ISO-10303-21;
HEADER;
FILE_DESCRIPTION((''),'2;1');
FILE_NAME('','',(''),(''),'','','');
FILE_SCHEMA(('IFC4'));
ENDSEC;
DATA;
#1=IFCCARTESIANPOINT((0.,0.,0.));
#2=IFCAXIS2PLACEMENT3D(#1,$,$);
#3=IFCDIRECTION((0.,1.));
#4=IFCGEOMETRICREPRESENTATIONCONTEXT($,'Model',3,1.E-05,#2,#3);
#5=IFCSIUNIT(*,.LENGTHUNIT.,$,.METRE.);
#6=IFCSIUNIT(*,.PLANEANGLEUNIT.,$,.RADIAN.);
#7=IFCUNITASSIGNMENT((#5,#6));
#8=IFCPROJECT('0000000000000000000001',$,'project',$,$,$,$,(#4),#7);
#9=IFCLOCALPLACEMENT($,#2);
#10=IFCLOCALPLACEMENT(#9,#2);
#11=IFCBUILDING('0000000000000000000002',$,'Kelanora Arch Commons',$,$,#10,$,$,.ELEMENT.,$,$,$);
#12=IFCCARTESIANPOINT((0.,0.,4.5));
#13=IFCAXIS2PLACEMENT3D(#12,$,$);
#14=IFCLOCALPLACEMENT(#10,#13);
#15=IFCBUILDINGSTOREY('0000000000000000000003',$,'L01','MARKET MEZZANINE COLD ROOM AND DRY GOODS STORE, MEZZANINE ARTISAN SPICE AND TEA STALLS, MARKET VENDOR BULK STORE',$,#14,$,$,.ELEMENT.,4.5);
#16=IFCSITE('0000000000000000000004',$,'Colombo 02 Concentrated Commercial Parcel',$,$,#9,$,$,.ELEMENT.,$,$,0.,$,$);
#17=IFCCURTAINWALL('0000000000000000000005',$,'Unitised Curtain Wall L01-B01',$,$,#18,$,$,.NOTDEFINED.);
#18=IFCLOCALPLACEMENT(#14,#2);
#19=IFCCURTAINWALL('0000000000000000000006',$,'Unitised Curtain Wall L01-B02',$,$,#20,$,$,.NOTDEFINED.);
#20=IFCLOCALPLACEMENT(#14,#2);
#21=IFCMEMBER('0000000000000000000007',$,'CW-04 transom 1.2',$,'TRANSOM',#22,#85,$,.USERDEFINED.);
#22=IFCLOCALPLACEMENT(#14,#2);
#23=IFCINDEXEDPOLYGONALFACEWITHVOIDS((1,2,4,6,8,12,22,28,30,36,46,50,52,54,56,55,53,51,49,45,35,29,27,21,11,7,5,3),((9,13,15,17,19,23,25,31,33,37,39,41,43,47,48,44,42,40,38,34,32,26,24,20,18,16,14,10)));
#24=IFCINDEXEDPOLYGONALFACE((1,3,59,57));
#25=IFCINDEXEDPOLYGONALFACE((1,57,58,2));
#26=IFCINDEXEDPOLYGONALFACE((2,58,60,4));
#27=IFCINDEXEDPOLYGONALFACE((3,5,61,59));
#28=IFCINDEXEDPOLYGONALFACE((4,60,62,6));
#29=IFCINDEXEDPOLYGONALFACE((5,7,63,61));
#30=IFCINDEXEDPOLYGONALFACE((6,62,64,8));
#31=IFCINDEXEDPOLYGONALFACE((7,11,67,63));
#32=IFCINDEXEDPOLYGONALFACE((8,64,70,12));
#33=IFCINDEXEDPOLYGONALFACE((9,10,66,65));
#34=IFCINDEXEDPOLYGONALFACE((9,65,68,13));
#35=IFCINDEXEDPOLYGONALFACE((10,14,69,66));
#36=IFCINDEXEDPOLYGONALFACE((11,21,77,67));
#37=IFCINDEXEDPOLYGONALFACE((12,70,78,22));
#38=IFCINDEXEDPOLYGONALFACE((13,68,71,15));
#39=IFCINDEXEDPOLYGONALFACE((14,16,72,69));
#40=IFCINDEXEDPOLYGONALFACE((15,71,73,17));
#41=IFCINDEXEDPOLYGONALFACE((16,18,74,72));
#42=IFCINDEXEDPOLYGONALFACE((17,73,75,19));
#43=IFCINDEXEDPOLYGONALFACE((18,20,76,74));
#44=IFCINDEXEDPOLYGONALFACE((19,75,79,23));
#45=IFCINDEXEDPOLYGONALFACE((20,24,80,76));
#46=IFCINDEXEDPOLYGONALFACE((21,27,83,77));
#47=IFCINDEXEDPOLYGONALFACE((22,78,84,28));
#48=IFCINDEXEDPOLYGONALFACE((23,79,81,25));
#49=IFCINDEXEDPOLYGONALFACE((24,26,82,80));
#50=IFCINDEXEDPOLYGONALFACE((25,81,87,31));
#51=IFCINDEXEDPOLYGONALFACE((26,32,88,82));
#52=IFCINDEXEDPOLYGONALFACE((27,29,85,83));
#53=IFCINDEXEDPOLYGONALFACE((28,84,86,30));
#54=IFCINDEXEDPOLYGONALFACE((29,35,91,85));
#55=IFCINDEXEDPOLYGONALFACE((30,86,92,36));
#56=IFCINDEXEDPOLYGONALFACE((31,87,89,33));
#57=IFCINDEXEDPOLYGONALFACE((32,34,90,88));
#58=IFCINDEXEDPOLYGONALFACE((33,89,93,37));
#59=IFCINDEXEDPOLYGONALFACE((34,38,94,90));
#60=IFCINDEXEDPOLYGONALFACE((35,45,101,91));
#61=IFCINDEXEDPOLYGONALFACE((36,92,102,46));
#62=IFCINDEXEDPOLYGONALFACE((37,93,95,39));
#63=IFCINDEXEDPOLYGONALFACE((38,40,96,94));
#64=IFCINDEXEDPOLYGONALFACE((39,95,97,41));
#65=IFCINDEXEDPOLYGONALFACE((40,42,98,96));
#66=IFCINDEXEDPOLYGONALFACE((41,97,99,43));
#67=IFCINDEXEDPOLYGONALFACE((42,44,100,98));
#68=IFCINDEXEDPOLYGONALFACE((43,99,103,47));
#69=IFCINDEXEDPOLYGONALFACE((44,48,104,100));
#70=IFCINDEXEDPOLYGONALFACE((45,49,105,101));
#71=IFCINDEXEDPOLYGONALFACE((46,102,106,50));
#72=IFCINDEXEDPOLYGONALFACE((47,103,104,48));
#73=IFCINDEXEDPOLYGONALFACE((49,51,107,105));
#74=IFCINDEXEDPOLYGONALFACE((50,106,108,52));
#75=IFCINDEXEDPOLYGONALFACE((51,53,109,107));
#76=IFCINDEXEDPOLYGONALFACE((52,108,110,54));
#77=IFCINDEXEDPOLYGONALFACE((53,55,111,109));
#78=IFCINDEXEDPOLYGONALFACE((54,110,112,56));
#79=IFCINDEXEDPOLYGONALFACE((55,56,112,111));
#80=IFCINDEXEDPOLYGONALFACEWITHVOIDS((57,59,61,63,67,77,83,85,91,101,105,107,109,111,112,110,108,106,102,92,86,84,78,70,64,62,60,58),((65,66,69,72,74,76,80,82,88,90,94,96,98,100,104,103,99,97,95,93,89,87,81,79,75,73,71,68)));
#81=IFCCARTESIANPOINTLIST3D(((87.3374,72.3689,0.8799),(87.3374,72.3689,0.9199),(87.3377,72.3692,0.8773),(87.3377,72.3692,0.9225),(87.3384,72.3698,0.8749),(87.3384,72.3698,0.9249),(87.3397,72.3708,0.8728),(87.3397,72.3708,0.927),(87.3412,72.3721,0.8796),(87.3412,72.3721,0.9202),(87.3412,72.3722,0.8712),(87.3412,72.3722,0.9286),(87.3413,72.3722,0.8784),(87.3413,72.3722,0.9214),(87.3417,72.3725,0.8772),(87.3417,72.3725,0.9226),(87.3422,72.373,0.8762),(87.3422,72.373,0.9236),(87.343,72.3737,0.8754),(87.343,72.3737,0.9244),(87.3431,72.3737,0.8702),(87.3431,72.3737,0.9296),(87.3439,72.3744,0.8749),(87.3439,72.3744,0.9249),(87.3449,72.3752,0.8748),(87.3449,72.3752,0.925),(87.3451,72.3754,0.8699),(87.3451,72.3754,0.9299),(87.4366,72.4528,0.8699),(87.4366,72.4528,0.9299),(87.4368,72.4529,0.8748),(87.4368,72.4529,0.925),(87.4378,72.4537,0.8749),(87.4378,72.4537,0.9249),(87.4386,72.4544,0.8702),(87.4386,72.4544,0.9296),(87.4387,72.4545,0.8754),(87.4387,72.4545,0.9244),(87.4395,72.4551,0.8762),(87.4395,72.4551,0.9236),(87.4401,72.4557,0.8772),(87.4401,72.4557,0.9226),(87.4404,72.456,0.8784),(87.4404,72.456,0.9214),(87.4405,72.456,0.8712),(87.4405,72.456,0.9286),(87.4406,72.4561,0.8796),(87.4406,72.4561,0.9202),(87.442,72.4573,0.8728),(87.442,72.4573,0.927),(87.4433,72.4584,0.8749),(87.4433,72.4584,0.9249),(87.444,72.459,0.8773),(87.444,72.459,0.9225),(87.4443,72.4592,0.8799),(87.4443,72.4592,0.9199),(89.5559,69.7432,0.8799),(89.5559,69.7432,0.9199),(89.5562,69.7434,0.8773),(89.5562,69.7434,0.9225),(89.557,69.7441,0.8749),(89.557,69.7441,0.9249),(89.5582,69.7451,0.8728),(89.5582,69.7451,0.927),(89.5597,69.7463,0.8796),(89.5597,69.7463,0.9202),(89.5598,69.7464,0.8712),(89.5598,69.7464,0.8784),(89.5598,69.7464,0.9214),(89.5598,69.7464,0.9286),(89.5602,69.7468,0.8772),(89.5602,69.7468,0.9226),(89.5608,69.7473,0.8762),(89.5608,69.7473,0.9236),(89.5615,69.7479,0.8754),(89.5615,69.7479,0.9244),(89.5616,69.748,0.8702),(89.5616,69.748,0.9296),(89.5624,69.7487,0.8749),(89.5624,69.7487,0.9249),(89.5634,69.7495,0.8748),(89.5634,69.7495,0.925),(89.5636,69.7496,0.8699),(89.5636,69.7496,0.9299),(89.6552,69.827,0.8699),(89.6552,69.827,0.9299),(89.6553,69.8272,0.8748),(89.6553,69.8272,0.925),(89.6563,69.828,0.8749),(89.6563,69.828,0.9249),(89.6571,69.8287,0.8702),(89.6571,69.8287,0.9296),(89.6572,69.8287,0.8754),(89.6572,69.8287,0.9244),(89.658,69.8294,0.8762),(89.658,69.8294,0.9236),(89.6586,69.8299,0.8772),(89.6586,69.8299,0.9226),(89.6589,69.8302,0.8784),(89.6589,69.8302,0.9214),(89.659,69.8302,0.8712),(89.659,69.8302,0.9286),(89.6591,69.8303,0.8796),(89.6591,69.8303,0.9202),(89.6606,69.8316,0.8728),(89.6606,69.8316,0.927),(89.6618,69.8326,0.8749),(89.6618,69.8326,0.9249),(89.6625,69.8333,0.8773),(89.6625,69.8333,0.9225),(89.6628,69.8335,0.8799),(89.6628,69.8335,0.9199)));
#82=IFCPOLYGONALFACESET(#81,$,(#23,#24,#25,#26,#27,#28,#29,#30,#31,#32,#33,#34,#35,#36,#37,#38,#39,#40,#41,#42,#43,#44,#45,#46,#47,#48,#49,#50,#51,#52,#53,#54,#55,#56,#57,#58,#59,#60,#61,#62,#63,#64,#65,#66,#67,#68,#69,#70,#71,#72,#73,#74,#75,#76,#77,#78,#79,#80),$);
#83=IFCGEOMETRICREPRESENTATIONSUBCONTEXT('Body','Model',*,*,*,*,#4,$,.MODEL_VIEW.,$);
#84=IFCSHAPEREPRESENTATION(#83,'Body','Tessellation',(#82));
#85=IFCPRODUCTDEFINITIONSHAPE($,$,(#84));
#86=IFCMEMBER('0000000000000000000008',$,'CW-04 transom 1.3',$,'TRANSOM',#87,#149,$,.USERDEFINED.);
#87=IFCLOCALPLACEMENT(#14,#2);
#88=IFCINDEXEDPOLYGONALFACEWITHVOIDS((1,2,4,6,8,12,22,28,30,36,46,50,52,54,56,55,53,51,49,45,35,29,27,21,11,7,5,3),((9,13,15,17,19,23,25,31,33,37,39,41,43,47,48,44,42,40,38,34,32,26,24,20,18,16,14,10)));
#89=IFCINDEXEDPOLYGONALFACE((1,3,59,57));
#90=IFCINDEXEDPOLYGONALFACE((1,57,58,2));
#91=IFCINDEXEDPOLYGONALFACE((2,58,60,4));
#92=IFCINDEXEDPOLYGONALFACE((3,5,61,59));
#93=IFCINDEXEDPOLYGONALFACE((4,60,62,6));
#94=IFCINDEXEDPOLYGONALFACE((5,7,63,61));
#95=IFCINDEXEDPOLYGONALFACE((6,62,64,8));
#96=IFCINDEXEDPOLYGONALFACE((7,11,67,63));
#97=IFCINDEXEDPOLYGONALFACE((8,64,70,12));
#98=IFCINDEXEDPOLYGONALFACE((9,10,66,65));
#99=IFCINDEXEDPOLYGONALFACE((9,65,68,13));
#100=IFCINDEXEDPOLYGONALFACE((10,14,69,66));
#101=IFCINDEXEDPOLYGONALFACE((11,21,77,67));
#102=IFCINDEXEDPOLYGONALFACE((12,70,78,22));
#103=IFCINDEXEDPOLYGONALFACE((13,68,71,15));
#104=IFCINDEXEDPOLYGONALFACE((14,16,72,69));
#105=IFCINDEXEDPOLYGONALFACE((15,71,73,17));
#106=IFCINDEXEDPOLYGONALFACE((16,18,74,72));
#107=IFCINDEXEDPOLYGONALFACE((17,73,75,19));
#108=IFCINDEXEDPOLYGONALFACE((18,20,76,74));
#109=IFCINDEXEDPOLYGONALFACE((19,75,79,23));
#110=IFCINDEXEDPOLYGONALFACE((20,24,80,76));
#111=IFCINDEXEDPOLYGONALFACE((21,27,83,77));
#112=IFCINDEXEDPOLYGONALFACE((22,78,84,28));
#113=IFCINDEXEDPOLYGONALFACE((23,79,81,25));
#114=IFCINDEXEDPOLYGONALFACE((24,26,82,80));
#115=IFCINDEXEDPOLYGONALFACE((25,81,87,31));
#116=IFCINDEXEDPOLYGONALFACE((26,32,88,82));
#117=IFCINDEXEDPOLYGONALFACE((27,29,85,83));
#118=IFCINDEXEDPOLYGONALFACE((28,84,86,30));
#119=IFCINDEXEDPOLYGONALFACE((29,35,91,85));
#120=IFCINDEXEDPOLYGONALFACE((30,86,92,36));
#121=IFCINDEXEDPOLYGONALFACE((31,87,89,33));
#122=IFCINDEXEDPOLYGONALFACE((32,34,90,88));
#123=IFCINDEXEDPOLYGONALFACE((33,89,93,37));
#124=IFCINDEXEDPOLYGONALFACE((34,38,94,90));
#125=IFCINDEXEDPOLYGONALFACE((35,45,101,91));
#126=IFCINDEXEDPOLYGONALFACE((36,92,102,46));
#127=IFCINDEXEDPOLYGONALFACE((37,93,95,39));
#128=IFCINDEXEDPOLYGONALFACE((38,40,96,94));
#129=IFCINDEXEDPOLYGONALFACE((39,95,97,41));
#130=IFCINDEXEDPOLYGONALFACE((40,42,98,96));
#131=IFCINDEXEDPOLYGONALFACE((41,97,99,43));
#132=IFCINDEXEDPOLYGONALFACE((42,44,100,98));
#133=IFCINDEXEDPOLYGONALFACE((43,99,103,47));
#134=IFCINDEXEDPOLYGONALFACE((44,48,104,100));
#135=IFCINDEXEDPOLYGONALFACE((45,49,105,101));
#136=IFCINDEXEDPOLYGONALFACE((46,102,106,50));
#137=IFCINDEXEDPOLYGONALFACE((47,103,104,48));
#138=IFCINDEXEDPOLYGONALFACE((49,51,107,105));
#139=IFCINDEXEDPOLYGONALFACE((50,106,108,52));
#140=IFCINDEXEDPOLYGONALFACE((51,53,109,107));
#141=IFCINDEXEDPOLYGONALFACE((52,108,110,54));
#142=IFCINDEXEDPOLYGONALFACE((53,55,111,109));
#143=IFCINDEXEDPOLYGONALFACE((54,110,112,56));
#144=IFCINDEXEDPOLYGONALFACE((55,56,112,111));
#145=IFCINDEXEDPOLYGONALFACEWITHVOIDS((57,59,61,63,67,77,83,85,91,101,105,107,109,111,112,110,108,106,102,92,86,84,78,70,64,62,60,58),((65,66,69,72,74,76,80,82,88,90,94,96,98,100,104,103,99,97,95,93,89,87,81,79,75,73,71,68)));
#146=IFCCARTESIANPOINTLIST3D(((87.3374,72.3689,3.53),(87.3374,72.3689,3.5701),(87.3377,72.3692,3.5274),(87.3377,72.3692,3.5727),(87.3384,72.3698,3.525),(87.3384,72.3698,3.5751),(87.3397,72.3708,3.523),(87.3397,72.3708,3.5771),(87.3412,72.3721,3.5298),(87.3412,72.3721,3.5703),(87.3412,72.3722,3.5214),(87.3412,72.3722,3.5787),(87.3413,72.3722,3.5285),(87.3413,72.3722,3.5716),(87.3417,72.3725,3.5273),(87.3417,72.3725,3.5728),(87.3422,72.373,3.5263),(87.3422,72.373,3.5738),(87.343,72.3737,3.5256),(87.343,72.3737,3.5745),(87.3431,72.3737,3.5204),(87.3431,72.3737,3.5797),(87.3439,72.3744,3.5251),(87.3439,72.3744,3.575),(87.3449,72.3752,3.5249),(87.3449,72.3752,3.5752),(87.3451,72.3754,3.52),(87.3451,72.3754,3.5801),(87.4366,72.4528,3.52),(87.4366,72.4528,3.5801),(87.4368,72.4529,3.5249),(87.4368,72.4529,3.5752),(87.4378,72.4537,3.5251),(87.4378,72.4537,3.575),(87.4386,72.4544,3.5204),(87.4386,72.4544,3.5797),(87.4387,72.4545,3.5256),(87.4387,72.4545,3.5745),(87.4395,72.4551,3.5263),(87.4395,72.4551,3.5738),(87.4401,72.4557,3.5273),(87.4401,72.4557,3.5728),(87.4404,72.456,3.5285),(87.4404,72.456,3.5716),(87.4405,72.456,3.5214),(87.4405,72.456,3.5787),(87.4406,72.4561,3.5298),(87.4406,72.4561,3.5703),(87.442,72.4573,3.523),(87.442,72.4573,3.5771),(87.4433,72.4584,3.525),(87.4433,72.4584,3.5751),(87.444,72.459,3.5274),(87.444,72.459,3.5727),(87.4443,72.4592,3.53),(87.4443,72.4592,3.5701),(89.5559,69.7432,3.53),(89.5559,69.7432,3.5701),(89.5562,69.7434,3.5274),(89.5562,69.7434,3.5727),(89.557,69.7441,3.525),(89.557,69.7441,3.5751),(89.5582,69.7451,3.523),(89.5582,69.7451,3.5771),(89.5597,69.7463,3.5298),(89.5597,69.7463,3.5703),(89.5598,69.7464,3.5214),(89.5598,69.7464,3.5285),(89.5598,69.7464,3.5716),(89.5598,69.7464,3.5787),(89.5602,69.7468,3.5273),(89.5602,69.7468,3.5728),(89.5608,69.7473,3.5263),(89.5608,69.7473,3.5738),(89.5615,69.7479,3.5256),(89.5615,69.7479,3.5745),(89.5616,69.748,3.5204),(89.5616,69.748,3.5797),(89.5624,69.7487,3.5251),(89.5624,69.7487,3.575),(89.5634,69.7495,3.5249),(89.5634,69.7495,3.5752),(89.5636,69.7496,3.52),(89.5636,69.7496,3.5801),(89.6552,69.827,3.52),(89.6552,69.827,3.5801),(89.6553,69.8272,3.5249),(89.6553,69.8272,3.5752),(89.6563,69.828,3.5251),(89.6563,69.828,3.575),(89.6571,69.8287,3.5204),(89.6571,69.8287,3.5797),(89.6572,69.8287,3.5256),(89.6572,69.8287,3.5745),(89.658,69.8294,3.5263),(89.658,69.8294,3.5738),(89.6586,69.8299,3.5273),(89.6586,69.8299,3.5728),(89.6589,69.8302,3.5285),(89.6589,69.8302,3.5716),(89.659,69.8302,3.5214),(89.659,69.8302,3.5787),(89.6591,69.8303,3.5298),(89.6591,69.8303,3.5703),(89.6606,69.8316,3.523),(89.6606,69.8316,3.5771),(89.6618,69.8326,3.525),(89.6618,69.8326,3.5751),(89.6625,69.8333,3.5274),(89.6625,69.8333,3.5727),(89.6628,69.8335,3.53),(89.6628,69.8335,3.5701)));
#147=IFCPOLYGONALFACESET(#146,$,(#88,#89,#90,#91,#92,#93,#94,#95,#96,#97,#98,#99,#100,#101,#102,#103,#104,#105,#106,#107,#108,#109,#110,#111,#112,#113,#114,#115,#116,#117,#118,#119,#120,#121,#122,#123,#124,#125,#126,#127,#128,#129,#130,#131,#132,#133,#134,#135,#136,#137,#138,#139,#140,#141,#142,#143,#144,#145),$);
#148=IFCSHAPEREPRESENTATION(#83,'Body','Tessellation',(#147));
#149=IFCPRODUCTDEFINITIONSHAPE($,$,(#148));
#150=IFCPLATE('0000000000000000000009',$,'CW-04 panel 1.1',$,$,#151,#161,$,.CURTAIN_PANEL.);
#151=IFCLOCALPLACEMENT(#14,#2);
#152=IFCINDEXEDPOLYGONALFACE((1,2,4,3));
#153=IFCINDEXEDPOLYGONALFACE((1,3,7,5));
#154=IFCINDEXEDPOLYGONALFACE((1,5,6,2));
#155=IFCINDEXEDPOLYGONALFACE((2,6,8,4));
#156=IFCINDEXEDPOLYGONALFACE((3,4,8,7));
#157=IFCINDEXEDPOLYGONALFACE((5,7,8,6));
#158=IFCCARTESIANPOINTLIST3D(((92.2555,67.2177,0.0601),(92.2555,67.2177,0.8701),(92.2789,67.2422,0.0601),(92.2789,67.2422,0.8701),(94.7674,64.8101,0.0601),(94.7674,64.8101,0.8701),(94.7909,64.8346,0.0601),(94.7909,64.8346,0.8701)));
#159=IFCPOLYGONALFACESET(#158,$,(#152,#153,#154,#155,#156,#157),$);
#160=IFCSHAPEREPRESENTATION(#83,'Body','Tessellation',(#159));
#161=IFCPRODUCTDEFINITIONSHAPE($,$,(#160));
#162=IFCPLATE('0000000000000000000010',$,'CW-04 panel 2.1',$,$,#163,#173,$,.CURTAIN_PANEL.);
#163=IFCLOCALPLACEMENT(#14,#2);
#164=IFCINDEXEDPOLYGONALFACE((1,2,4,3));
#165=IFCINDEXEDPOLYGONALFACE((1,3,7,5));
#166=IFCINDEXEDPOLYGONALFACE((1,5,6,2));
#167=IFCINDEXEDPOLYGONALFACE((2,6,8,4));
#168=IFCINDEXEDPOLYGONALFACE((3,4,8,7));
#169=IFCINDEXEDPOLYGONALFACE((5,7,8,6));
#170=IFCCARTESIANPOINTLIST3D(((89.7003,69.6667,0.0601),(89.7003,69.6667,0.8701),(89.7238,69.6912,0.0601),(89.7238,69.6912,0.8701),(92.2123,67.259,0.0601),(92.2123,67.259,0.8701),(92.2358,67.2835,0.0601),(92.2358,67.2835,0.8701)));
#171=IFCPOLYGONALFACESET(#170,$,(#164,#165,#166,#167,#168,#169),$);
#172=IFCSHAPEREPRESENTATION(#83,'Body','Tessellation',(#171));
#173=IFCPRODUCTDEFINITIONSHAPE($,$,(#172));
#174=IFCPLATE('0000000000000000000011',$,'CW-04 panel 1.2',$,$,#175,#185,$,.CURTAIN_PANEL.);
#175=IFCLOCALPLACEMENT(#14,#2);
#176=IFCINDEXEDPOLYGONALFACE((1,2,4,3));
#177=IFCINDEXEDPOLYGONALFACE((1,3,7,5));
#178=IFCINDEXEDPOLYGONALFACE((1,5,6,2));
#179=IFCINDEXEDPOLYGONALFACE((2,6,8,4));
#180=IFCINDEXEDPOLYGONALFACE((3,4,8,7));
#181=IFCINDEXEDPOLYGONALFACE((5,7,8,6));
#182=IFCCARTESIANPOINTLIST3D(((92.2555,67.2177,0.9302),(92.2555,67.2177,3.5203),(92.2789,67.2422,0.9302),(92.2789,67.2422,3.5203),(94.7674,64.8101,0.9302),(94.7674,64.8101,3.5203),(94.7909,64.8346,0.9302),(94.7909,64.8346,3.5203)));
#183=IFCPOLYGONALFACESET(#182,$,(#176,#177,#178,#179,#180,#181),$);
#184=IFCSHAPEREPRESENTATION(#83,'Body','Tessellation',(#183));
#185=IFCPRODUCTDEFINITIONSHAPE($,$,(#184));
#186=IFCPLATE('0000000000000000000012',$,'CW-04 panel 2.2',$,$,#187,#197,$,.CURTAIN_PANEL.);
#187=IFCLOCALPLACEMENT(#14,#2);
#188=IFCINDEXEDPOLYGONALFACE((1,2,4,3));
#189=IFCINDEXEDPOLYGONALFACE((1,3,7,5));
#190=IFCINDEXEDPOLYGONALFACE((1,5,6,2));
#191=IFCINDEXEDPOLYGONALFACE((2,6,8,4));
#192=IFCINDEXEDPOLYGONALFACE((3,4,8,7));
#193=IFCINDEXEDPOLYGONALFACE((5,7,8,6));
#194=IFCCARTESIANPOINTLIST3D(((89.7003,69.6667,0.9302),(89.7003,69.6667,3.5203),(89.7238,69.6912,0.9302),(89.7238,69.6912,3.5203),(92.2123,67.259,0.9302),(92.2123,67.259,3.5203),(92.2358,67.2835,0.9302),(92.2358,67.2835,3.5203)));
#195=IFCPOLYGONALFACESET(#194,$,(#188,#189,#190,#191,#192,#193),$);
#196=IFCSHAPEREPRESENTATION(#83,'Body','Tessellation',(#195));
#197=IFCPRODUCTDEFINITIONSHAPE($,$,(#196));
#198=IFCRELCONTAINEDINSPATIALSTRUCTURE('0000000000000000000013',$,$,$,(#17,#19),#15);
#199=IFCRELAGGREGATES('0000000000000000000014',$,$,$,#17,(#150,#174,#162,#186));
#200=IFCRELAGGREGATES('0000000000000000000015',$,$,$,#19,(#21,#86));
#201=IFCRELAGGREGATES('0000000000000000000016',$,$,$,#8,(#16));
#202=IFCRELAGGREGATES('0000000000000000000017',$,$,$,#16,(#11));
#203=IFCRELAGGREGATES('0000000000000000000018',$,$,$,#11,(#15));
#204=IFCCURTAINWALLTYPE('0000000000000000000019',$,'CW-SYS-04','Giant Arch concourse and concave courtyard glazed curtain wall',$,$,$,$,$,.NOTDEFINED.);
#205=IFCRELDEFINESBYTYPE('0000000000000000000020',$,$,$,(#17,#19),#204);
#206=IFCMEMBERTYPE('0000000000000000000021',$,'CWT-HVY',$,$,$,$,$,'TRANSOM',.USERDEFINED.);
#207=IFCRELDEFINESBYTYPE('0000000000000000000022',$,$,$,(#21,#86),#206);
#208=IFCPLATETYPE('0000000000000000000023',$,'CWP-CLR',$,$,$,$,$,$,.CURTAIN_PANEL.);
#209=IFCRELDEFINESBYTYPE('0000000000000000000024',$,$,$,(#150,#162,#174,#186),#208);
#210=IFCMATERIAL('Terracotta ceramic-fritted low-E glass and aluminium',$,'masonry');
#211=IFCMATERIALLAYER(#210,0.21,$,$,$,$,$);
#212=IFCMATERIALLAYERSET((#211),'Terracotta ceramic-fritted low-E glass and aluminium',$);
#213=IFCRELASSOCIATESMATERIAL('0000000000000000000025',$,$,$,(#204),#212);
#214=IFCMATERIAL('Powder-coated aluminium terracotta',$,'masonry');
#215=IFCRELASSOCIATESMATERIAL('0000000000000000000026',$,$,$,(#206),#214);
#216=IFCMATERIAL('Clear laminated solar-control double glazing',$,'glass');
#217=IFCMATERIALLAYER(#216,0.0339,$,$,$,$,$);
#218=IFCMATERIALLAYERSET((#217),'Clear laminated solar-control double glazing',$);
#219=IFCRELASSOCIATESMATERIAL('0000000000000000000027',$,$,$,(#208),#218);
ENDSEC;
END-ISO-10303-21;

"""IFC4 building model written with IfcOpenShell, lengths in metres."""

from ifc_helpers import new_model, si_unit, direction, frame, origin, origin_2d, place, context, subcontext, project, spatial, rectangle, hollow_rectangle, extrude, source, transform, mapped, material, layer, layer_set, material_profile, profile_set, type_object, element, aggregate, save


model = new_model("IFC4")

# Units and contexts
model_context = context("Model", 3, precision=1e-05, world=origin(), true_north=direction((0.0, 1.0)))
body_context = subcontext(model_context, "Body", "Model", "MODEL_VIEW")
ifc_project = project(units=[si_unit("LENGTHUNIT", "METRE"), si_unit("PLANEANGLEUNIT", "RADIAN")], contexts=[model_context])

# Site, building, storey
site_placement = place(None, origin())
site = spatial("IfcSite", under=ifc_project, at=site_placement, Name="Colombo 02 Concentrated Commercial Parcel", CompositionType="ELEMENT", RefElevation=0.0)
building_placement = place(site_placement, origin())
building = spatial("IfcBuilding", under=site, at=building_placement, Name="Kelanora Arch Commons", CompositionType="ELEMENT")
storey_placement = place(building_placement, frame((0.0, 0.0, 4.5)))
storey = spatial("IfcBuildingStorey", under=building, at=storey_placement, Name="L01", Description="MARKET MEZZANINE COLD ROOM AND DRY GOODS STORE, MEZZANINE ARTISAN SPICE AND TEA STALLS, MARKET VENDOR BULK STORE", CompositionType="ELEMENT", Elevation=4.5)

# Curtain walls
ifc_material_1 = material(Name="Terracotta ceramic-fritted low-E glass and aluminium", Category="masonry")
ifc_layer_1 = layer(ifc_material_1, 0.21)
ifc_layer_set_1 = layer_set([ifc_layer_1], Name="Terracotta ceramic-fritted low-E glass and aluminium")
curtain_wall_type = type_object("IfcCurtainWallType", Name="CW-SYS-04", Description="Giant Arch concourse and concave courtyard glazed curtain wall", PredefinedType="NOTDEFINED", material=ifc_layer_set_1)
curtain_wall_1_placement = place(storey_placement, origin())
curtain_wall_1 = element("IfcCurtainWall", 1, at=curtain_wall_1_placement, inside=storey, type_object=curtain_wall_type, Name="Unitised Curtain Wall L01-B01", PredefinedType="NOTDEFINED")
ifc_material_2 = material(Name="Powder-coated aluminium terracotta", Category="masonry")
curtain_wall_2_placement = place(storey_placement, origin())
curtain_wall_2 = element("IfcCurtainWall", 2, at=curtain_wall_2_placement, inside=storey, type_object=curtain_wall_type, Name="Unitised Curtain Wall L01-B02", PredefinedType="NOTDEFINED")

# Members
ifc_material_profile_1 = material_profile(ifc_material_2, hollow_rectangle(XDim=0.1399, YDim=0.0601, WallThickness=0.0049, InnerFilletRadius=0.0049, OuterFilletRadius=0.01, at=origin_2d()), Name="CWT140x60")
ifc_profile_set_1 = profile_set([ifc_material_profile_1], Name="Powder-coated aluminium terracotta")
member_type_1 = type_object("IfcMemberType", Name="CWT-HVY", ElementType="TRANSOM", PredefinedType="USERDEFINED", material=ifc_profile_set_1)
member_1_placement = place(storey_placement, frame((89.6094, 69.7883, 0.8999), z_axis=(-0.645388, 0.763855, 0.0), x_axis=(-0.763855, -0.645388, 0.0)))
member_1 = element("IfcMember", 3, at=member_1_placement, type_object=member_type_1, Name="CW-04 transom 1.2", ObjectType="TRANSOM", PredefinedType="USERDEFINED", context=body_context, shape_type="SweptSolid", body=[
    extrude(hollow_rectangle(XDim=0.1399, YDim=0.0601, WallThickness=0.0049, InnerFilletRadius=0.0049, OuterFilletRadius=0.01, at=origin_2d()), origin(), (0.0, 0.0, 1.0), 3.4375),
])
member_2_placement = place(storey_placement, frame((89.6094, 69.7883, 3.55), z_axis=(-0.645388, 0.763855, 0.0), x_axis=(-0.763855, -0.645388, 0.0)))
member_2 = element("IfcMember", 4, at=member_2_placement, type_object=member_type_1, Name="CW-04 transom 1.3", ObjectType="TRANSOM", PredefinedType="USERDEFINED", context=body_context, shape_type="SweptSolid", body=[
    extrude(hollow_rectangle(XDim=0.1399, YDim=0.0601, WallThickness=0.0049, InnerFilletRadius=0.0049, OuterFilletRadius=0.01, at=origin_2d()), origin(), (0.0, 0.0, 1.0), 3.4375),
])

# Plates
ifc_material_3 = material(Name="Clear laminated solar-control double glazing", Category="glass")
ifc_layer_2 = layer(ifc_material_3, 0.0339)
ifc_layer_set_2 = layer_set([ifc_layer_2], Name="Clear laminated solar-control double glazing")
plate_type = type_object("IfcPlateType", Name="CWP-CLR", PredefinedType="CURTAIN_PANEL", material=ifc_layer_set_2)
shared_shape_1 = source(origin(), body_context, "Body", "SweptSolid", [
    extrude(rectangle(XDim=3.4795, YDim=0.0339, at=origin_2d()), origin(), (0.0, 0.0, 1.0), 0.8101),
])
plate_1_placement = place(storey_placement, frame((93.5232, 66.0261, 0.0601), z_axis=(0.0, 0.0, 1.0), x_axis=(-0.721943, 0.691953, 0.0)))
plate_1 = element("IfcPlate", 5, at=plate_1_placement, type_object=plate_type, Name="CW-04 panel 1.1", PredefinedType="CURTAIN_PANEL", context=body_context, shape_type="MappedRepresentation", body=[
    mapped(shared_shape_1, transform((0.0, 0.0, 0.0), scale=1.0)),
])
plate_2_placement = place(storey_placement, frame((90.968, 68.4751, 0.0601), z_axis=(0.0, 0.0, 1.0), x_axis=(-0.721943, 0.691953, 0.0)))
plate_2 = element("IfcPlate", 6, at=plate_2_placement, type_object=plate_type, Name="CW-04 panel 2.1", PredefinedType="CURTAIN_PANEL", context=body_context, shape_type="MappedRepresentation", body=[
    mapped(shared_shape_1, transform((0.0, 0.0, 0.0), scale=1.0)),
])
shared_shape_2 = source(origin(), body_context, "Body", "SweptSolid", [
    extrude(rectangle(XDim=3.4795, YDim=0.0339, at=origin_2d()), origin(), (0.0, 0.0, 1.0), 2.5901),
])
plate_3_placement = place(storey_placement, frame((93.5232, 66.0261, 0.9302), z_axis=(0.0, 0.0, 1.0), x_axis=(-0.721943, 0.691953, 0.0)))
plate_3 = element("IfcPlate", 7, at=plate_3_placement, type_object=plate_type, Name="CW-04 panel 1.2", PredefinedType="CURTAIN_PANEL", context=body_context, shape_type="MappedRepresentation", body=[
    mapped(shared_shape_2, transform((0.0, 0.0, 0.0), scale=1.0)),
])
plate_4_placement = place(storey_placement, frame((90.968, 68.4751, 0.9302), z_axis=(0.0, 0.0, 1.0), x_axis=(-0.721943, 0.691953, 0.0)))
plate_4 = element("IfcPlate", 8, at=plate_4_placement, type_object=plate_type, Name="CW-04 panel 2.2", PredefinedType="CURTAIN_PANEL", context=body_context, shape_type="MappedRepresentation", body=[
    mapped(shared_shape_2, transform((0.0, 0.0, 0.0), scale=1.0)),
])
aggregate(curtain_wall_1, [plate_1, plate_3, plate_2, plate_4])
aggregate(curtain_wall_2, [member_1, member_2])

save(model, "model.ifc")
